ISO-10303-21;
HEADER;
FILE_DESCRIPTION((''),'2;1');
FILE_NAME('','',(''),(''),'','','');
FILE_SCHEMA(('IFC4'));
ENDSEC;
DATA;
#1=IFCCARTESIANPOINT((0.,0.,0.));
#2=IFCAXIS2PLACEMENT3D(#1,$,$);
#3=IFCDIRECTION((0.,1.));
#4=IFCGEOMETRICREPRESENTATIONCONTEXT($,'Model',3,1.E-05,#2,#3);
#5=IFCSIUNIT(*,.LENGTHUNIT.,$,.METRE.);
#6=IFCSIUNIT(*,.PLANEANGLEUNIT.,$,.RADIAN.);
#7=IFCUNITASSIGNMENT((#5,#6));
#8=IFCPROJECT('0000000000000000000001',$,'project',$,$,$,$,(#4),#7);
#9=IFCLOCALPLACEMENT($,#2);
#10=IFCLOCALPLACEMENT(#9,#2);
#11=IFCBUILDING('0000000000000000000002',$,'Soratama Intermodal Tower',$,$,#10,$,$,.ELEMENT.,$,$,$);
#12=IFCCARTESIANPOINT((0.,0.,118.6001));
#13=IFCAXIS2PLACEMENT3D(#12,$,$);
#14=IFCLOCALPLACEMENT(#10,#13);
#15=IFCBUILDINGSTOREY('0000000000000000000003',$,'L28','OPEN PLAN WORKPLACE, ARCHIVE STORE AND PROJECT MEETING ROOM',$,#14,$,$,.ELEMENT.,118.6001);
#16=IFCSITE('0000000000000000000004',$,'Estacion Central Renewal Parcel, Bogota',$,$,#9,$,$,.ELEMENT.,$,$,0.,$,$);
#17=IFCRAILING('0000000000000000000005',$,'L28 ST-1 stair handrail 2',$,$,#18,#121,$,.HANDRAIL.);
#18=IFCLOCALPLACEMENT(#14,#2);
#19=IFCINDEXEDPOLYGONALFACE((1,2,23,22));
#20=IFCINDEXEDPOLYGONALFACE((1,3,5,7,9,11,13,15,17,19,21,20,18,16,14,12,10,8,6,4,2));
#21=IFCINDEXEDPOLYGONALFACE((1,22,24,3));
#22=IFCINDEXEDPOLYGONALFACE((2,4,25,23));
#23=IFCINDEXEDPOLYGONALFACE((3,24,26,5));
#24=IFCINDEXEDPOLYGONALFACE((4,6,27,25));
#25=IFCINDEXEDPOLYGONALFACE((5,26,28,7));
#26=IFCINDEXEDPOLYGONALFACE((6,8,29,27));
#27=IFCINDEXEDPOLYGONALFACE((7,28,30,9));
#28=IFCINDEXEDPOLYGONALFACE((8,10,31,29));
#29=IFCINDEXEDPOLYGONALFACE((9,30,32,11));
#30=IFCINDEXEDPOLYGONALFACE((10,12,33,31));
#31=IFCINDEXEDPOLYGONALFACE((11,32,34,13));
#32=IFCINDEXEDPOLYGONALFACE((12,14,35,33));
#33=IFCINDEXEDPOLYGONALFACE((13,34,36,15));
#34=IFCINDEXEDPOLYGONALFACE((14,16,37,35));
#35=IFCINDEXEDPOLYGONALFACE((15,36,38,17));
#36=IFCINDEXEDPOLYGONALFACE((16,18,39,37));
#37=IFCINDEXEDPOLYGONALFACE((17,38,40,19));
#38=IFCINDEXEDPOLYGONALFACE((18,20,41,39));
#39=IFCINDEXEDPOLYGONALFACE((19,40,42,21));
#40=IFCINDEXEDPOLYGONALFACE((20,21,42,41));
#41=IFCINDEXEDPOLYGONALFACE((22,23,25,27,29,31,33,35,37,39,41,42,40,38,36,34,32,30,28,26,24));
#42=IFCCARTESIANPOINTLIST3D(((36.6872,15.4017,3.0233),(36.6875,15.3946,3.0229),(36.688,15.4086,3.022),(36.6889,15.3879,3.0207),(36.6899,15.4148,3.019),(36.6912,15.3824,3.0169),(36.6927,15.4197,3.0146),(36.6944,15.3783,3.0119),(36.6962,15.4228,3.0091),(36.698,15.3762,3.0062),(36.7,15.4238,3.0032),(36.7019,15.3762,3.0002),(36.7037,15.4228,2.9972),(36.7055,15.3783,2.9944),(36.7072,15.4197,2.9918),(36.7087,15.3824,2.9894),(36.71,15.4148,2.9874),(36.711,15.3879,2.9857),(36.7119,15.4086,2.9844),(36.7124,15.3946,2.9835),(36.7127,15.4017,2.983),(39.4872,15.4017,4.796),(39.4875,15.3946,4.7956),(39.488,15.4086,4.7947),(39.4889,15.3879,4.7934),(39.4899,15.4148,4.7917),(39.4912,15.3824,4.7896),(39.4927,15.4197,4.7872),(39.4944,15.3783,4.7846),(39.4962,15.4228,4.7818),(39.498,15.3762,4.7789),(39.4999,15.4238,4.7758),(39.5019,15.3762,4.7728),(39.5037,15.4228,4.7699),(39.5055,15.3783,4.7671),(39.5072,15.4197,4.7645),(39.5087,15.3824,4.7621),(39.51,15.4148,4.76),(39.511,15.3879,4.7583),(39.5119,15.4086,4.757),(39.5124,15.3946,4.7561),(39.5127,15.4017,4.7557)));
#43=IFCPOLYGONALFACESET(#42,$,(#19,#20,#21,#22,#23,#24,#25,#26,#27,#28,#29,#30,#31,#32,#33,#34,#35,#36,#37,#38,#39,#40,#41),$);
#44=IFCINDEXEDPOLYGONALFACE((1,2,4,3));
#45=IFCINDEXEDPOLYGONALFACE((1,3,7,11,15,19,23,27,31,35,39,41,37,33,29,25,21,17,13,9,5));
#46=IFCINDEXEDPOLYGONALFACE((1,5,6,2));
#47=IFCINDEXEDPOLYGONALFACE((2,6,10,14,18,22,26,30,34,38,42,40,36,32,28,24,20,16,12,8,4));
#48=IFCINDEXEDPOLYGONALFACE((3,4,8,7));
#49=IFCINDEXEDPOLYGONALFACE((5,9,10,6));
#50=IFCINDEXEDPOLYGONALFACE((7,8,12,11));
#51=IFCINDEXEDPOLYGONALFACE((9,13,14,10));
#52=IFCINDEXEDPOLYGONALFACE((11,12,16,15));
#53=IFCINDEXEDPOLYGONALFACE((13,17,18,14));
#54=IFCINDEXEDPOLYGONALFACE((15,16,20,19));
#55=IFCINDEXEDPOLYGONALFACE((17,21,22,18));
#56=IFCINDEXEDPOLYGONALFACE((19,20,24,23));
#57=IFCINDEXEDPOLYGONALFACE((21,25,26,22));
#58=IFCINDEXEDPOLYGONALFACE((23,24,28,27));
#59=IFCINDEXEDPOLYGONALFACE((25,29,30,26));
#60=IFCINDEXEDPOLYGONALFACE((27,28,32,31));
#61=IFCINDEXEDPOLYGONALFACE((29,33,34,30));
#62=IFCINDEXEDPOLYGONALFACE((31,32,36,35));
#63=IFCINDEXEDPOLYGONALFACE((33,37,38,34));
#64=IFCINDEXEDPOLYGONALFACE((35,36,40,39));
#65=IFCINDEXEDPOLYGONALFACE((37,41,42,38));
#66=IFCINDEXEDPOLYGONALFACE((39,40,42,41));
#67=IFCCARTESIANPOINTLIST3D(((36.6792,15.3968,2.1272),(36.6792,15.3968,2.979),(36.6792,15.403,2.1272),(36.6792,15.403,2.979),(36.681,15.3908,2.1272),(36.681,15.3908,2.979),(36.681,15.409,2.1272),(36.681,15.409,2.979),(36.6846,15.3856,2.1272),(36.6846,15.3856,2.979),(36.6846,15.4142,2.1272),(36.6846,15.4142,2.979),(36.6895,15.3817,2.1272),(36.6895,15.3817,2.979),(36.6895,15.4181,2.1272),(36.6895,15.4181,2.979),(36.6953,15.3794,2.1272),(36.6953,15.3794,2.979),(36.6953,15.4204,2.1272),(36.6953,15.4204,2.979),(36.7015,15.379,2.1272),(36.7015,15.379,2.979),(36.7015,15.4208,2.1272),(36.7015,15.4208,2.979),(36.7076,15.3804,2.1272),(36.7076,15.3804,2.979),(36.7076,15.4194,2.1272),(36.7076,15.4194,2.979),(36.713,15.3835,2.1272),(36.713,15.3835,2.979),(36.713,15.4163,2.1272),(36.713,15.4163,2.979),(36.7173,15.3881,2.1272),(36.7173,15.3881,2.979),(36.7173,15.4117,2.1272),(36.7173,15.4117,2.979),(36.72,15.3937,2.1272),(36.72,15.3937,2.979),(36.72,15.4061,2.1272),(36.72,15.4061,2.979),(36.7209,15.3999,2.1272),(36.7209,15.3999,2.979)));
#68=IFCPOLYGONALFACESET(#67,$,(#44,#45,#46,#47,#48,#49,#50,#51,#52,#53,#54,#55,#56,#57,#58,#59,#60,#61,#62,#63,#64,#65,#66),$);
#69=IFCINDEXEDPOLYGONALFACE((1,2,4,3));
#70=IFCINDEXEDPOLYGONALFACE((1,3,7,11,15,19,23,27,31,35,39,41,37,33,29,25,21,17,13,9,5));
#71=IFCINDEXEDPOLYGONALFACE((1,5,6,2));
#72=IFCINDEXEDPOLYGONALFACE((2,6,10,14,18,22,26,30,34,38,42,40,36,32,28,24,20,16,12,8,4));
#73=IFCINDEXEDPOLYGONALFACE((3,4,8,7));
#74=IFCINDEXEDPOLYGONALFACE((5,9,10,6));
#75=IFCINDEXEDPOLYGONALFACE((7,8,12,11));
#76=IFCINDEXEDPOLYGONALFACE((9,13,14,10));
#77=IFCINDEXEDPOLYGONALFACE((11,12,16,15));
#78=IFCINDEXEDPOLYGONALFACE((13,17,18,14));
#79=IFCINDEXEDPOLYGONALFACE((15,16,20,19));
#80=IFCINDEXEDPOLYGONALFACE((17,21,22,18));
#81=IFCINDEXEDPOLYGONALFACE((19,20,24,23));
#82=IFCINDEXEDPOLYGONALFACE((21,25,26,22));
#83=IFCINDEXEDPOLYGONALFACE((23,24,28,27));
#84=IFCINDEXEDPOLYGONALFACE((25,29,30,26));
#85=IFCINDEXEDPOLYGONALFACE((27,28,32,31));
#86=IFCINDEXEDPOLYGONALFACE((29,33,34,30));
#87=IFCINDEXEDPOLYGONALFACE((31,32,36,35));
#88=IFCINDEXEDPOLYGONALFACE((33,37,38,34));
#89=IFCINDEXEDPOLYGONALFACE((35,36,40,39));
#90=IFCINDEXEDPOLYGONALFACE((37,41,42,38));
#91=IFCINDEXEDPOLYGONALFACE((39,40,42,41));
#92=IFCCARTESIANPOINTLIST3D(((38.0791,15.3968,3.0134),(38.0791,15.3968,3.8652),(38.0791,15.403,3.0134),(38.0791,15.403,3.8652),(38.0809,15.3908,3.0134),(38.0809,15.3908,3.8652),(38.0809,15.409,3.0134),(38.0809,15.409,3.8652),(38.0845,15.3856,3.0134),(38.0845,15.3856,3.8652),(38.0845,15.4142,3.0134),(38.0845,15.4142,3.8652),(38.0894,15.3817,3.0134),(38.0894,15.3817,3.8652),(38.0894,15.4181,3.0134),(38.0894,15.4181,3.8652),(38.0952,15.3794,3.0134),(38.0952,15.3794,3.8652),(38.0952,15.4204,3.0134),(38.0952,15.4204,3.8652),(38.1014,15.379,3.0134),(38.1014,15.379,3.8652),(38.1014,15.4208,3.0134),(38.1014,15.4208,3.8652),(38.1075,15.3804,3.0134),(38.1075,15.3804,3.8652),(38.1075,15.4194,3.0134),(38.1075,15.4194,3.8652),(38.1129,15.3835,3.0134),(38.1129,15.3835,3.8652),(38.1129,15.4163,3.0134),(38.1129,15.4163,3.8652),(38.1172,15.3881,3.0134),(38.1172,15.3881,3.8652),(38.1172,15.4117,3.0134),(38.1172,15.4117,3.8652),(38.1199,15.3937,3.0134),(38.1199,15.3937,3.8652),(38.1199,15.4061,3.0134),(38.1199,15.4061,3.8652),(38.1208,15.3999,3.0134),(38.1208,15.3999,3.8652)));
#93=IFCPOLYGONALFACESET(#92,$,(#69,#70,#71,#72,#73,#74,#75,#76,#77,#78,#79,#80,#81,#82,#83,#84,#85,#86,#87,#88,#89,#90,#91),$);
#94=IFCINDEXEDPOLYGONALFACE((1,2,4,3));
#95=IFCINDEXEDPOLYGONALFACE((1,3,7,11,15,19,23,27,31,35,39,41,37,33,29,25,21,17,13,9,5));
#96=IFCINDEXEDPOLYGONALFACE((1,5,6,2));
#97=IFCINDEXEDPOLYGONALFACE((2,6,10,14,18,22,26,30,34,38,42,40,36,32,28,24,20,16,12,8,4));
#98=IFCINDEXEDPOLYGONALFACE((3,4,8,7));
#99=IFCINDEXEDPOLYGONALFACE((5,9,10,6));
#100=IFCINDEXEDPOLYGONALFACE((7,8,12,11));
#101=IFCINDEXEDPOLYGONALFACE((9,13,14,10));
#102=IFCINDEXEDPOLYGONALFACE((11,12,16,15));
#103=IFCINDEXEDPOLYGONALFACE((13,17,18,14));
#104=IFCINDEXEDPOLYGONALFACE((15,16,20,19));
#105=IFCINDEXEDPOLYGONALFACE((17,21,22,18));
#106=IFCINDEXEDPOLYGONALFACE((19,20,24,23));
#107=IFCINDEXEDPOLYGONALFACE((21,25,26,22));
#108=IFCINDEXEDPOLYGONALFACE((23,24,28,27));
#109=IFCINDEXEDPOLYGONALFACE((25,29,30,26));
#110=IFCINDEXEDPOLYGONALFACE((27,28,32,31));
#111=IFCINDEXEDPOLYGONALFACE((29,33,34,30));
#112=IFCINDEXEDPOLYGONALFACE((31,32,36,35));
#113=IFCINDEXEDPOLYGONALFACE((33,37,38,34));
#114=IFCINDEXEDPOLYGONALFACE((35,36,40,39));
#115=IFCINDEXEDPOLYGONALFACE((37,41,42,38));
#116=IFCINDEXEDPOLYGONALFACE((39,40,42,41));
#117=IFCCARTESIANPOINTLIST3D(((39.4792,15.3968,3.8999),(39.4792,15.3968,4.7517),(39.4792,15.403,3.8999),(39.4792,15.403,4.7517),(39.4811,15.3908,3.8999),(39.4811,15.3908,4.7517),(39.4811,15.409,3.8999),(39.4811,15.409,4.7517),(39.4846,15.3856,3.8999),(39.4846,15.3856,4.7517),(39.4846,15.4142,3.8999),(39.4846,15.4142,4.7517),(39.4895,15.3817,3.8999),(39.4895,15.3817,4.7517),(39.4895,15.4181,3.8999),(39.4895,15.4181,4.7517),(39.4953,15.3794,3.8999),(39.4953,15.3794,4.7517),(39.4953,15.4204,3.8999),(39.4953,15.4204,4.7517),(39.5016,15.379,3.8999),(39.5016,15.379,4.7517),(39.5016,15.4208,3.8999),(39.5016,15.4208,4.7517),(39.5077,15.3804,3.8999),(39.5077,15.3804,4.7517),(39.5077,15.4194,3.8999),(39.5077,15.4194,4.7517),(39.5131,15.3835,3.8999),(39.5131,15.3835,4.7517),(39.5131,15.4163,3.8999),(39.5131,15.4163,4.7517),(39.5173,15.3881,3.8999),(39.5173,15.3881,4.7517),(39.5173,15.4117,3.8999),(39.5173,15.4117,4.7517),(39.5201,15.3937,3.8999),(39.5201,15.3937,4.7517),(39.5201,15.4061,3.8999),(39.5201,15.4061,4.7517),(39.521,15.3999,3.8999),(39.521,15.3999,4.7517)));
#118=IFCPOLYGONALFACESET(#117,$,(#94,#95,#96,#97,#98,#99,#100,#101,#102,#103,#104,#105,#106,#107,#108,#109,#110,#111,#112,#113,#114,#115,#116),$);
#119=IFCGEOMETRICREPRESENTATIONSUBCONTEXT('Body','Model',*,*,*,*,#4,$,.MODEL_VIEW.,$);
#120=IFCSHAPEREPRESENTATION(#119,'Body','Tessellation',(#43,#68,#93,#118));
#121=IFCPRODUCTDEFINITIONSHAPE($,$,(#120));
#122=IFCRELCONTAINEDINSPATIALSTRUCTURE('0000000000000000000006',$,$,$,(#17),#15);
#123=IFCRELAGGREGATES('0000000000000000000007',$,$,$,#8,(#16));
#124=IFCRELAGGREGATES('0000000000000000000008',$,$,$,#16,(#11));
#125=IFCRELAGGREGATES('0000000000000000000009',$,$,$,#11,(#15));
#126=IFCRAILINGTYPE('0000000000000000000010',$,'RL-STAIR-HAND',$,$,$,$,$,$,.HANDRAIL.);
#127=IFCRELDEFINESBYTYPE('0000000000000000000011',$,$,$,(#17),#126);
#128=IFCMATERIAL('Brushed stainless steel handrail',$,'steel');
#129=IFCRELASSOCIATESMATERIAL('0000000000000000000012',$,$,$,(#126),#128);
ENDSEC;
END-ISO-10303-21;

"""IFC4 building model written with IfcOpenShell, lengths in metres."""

from ifc_helpers import new_model, si_unit, direction, frame, origin, origin_2d, place, context, subcontext, project, spatial, circle, extrude, material, type_object, element, save


model = new_model("IFC4")

# Units and contexts
model_context = context("Model", 3, precision=1e-05, world=origin(), true_north=direction((0.0, 1.0)))
body_context = subcontext(model_context, "Body", "Model", "MODEL_VIEW")
ifc_project = project(units=[si_unit("LENGTHUNIT", "METRE"), si_unit("PLANEANGLEUNIT", "RADIAN")], contexts=[model_context])

# Site, building, storey
site_placement = place(None, origin())
site = spatial("IfcSite", under=ifc_project, at=site_placement, Name="Estacion Central Renewal Parcel, Bogota", CompositionType="ELEMENT", RefElevation=0.0)
building_placement = place(site_placement, origin())
building = spatial("IfcBuilding", under=site, at=building_placement, Name="Soratama Intermodal Tower", CompositionType="ELEMENT")
storey_placement = place(building_placement, frame((0.0, 0.0, 118.6001)))
storey = spatial("IfcBuildingStorey", under=building, at=storey_placement, Name="L28", Description="OPEN PLAN WORKPLACE, ARCHIVE STORE AND PROJECT MEETING ROOM", CompositionType="ELEMENT", Elevation=118.6001)

# Railing
ifc_material_1 = material(Name="Brushed stainless steel handrail", Category="steel")
railing_type_1 = type_object("IfcRailingType", Name="RL-STAIR-HAND", PredefinedType="HANDRAIL", material=ifc_material_1)
railing_1_placement = place(storey_placement, frame((36.7, 15.3999, 2.1272)))
element("IfcRailing", 1, at=railing_1_placement, inside=storey, type_object=railing_type_1, Name="L28 ST-1 stair handrail 2", PredefinedType="HANDRAIL", context=body_context, shape_type="SweptSolid", body=[
    extrude(circle(Radius=0.0239, at=origin_2d()), frame((0.0, 0.0, 0.876), z_axis=(0.844909, 0.0, 0.53491), x_axis=(0.0, 1.0, 0.0)), (0.0, 0.0, 1.0), 3.314),
    extrude(circle(Radius=0.021, at=origin_2d()), origin(), (0.0, 0.0, 1.0), 0.8518),
    extrude(circle(Radius=0.021, at=origin_2d()), frame((1.3999, 0.0, 0.8862)), (0.0, 0.0, 1.0), 0.8518),
    extrude(circle(Radius=0.021, at=origin_2d()), frame((2.8, 0.0, 1.7727)), (0.0, 0.0, 1.0), 0.8518),
])

save(model, "model.ifc")
